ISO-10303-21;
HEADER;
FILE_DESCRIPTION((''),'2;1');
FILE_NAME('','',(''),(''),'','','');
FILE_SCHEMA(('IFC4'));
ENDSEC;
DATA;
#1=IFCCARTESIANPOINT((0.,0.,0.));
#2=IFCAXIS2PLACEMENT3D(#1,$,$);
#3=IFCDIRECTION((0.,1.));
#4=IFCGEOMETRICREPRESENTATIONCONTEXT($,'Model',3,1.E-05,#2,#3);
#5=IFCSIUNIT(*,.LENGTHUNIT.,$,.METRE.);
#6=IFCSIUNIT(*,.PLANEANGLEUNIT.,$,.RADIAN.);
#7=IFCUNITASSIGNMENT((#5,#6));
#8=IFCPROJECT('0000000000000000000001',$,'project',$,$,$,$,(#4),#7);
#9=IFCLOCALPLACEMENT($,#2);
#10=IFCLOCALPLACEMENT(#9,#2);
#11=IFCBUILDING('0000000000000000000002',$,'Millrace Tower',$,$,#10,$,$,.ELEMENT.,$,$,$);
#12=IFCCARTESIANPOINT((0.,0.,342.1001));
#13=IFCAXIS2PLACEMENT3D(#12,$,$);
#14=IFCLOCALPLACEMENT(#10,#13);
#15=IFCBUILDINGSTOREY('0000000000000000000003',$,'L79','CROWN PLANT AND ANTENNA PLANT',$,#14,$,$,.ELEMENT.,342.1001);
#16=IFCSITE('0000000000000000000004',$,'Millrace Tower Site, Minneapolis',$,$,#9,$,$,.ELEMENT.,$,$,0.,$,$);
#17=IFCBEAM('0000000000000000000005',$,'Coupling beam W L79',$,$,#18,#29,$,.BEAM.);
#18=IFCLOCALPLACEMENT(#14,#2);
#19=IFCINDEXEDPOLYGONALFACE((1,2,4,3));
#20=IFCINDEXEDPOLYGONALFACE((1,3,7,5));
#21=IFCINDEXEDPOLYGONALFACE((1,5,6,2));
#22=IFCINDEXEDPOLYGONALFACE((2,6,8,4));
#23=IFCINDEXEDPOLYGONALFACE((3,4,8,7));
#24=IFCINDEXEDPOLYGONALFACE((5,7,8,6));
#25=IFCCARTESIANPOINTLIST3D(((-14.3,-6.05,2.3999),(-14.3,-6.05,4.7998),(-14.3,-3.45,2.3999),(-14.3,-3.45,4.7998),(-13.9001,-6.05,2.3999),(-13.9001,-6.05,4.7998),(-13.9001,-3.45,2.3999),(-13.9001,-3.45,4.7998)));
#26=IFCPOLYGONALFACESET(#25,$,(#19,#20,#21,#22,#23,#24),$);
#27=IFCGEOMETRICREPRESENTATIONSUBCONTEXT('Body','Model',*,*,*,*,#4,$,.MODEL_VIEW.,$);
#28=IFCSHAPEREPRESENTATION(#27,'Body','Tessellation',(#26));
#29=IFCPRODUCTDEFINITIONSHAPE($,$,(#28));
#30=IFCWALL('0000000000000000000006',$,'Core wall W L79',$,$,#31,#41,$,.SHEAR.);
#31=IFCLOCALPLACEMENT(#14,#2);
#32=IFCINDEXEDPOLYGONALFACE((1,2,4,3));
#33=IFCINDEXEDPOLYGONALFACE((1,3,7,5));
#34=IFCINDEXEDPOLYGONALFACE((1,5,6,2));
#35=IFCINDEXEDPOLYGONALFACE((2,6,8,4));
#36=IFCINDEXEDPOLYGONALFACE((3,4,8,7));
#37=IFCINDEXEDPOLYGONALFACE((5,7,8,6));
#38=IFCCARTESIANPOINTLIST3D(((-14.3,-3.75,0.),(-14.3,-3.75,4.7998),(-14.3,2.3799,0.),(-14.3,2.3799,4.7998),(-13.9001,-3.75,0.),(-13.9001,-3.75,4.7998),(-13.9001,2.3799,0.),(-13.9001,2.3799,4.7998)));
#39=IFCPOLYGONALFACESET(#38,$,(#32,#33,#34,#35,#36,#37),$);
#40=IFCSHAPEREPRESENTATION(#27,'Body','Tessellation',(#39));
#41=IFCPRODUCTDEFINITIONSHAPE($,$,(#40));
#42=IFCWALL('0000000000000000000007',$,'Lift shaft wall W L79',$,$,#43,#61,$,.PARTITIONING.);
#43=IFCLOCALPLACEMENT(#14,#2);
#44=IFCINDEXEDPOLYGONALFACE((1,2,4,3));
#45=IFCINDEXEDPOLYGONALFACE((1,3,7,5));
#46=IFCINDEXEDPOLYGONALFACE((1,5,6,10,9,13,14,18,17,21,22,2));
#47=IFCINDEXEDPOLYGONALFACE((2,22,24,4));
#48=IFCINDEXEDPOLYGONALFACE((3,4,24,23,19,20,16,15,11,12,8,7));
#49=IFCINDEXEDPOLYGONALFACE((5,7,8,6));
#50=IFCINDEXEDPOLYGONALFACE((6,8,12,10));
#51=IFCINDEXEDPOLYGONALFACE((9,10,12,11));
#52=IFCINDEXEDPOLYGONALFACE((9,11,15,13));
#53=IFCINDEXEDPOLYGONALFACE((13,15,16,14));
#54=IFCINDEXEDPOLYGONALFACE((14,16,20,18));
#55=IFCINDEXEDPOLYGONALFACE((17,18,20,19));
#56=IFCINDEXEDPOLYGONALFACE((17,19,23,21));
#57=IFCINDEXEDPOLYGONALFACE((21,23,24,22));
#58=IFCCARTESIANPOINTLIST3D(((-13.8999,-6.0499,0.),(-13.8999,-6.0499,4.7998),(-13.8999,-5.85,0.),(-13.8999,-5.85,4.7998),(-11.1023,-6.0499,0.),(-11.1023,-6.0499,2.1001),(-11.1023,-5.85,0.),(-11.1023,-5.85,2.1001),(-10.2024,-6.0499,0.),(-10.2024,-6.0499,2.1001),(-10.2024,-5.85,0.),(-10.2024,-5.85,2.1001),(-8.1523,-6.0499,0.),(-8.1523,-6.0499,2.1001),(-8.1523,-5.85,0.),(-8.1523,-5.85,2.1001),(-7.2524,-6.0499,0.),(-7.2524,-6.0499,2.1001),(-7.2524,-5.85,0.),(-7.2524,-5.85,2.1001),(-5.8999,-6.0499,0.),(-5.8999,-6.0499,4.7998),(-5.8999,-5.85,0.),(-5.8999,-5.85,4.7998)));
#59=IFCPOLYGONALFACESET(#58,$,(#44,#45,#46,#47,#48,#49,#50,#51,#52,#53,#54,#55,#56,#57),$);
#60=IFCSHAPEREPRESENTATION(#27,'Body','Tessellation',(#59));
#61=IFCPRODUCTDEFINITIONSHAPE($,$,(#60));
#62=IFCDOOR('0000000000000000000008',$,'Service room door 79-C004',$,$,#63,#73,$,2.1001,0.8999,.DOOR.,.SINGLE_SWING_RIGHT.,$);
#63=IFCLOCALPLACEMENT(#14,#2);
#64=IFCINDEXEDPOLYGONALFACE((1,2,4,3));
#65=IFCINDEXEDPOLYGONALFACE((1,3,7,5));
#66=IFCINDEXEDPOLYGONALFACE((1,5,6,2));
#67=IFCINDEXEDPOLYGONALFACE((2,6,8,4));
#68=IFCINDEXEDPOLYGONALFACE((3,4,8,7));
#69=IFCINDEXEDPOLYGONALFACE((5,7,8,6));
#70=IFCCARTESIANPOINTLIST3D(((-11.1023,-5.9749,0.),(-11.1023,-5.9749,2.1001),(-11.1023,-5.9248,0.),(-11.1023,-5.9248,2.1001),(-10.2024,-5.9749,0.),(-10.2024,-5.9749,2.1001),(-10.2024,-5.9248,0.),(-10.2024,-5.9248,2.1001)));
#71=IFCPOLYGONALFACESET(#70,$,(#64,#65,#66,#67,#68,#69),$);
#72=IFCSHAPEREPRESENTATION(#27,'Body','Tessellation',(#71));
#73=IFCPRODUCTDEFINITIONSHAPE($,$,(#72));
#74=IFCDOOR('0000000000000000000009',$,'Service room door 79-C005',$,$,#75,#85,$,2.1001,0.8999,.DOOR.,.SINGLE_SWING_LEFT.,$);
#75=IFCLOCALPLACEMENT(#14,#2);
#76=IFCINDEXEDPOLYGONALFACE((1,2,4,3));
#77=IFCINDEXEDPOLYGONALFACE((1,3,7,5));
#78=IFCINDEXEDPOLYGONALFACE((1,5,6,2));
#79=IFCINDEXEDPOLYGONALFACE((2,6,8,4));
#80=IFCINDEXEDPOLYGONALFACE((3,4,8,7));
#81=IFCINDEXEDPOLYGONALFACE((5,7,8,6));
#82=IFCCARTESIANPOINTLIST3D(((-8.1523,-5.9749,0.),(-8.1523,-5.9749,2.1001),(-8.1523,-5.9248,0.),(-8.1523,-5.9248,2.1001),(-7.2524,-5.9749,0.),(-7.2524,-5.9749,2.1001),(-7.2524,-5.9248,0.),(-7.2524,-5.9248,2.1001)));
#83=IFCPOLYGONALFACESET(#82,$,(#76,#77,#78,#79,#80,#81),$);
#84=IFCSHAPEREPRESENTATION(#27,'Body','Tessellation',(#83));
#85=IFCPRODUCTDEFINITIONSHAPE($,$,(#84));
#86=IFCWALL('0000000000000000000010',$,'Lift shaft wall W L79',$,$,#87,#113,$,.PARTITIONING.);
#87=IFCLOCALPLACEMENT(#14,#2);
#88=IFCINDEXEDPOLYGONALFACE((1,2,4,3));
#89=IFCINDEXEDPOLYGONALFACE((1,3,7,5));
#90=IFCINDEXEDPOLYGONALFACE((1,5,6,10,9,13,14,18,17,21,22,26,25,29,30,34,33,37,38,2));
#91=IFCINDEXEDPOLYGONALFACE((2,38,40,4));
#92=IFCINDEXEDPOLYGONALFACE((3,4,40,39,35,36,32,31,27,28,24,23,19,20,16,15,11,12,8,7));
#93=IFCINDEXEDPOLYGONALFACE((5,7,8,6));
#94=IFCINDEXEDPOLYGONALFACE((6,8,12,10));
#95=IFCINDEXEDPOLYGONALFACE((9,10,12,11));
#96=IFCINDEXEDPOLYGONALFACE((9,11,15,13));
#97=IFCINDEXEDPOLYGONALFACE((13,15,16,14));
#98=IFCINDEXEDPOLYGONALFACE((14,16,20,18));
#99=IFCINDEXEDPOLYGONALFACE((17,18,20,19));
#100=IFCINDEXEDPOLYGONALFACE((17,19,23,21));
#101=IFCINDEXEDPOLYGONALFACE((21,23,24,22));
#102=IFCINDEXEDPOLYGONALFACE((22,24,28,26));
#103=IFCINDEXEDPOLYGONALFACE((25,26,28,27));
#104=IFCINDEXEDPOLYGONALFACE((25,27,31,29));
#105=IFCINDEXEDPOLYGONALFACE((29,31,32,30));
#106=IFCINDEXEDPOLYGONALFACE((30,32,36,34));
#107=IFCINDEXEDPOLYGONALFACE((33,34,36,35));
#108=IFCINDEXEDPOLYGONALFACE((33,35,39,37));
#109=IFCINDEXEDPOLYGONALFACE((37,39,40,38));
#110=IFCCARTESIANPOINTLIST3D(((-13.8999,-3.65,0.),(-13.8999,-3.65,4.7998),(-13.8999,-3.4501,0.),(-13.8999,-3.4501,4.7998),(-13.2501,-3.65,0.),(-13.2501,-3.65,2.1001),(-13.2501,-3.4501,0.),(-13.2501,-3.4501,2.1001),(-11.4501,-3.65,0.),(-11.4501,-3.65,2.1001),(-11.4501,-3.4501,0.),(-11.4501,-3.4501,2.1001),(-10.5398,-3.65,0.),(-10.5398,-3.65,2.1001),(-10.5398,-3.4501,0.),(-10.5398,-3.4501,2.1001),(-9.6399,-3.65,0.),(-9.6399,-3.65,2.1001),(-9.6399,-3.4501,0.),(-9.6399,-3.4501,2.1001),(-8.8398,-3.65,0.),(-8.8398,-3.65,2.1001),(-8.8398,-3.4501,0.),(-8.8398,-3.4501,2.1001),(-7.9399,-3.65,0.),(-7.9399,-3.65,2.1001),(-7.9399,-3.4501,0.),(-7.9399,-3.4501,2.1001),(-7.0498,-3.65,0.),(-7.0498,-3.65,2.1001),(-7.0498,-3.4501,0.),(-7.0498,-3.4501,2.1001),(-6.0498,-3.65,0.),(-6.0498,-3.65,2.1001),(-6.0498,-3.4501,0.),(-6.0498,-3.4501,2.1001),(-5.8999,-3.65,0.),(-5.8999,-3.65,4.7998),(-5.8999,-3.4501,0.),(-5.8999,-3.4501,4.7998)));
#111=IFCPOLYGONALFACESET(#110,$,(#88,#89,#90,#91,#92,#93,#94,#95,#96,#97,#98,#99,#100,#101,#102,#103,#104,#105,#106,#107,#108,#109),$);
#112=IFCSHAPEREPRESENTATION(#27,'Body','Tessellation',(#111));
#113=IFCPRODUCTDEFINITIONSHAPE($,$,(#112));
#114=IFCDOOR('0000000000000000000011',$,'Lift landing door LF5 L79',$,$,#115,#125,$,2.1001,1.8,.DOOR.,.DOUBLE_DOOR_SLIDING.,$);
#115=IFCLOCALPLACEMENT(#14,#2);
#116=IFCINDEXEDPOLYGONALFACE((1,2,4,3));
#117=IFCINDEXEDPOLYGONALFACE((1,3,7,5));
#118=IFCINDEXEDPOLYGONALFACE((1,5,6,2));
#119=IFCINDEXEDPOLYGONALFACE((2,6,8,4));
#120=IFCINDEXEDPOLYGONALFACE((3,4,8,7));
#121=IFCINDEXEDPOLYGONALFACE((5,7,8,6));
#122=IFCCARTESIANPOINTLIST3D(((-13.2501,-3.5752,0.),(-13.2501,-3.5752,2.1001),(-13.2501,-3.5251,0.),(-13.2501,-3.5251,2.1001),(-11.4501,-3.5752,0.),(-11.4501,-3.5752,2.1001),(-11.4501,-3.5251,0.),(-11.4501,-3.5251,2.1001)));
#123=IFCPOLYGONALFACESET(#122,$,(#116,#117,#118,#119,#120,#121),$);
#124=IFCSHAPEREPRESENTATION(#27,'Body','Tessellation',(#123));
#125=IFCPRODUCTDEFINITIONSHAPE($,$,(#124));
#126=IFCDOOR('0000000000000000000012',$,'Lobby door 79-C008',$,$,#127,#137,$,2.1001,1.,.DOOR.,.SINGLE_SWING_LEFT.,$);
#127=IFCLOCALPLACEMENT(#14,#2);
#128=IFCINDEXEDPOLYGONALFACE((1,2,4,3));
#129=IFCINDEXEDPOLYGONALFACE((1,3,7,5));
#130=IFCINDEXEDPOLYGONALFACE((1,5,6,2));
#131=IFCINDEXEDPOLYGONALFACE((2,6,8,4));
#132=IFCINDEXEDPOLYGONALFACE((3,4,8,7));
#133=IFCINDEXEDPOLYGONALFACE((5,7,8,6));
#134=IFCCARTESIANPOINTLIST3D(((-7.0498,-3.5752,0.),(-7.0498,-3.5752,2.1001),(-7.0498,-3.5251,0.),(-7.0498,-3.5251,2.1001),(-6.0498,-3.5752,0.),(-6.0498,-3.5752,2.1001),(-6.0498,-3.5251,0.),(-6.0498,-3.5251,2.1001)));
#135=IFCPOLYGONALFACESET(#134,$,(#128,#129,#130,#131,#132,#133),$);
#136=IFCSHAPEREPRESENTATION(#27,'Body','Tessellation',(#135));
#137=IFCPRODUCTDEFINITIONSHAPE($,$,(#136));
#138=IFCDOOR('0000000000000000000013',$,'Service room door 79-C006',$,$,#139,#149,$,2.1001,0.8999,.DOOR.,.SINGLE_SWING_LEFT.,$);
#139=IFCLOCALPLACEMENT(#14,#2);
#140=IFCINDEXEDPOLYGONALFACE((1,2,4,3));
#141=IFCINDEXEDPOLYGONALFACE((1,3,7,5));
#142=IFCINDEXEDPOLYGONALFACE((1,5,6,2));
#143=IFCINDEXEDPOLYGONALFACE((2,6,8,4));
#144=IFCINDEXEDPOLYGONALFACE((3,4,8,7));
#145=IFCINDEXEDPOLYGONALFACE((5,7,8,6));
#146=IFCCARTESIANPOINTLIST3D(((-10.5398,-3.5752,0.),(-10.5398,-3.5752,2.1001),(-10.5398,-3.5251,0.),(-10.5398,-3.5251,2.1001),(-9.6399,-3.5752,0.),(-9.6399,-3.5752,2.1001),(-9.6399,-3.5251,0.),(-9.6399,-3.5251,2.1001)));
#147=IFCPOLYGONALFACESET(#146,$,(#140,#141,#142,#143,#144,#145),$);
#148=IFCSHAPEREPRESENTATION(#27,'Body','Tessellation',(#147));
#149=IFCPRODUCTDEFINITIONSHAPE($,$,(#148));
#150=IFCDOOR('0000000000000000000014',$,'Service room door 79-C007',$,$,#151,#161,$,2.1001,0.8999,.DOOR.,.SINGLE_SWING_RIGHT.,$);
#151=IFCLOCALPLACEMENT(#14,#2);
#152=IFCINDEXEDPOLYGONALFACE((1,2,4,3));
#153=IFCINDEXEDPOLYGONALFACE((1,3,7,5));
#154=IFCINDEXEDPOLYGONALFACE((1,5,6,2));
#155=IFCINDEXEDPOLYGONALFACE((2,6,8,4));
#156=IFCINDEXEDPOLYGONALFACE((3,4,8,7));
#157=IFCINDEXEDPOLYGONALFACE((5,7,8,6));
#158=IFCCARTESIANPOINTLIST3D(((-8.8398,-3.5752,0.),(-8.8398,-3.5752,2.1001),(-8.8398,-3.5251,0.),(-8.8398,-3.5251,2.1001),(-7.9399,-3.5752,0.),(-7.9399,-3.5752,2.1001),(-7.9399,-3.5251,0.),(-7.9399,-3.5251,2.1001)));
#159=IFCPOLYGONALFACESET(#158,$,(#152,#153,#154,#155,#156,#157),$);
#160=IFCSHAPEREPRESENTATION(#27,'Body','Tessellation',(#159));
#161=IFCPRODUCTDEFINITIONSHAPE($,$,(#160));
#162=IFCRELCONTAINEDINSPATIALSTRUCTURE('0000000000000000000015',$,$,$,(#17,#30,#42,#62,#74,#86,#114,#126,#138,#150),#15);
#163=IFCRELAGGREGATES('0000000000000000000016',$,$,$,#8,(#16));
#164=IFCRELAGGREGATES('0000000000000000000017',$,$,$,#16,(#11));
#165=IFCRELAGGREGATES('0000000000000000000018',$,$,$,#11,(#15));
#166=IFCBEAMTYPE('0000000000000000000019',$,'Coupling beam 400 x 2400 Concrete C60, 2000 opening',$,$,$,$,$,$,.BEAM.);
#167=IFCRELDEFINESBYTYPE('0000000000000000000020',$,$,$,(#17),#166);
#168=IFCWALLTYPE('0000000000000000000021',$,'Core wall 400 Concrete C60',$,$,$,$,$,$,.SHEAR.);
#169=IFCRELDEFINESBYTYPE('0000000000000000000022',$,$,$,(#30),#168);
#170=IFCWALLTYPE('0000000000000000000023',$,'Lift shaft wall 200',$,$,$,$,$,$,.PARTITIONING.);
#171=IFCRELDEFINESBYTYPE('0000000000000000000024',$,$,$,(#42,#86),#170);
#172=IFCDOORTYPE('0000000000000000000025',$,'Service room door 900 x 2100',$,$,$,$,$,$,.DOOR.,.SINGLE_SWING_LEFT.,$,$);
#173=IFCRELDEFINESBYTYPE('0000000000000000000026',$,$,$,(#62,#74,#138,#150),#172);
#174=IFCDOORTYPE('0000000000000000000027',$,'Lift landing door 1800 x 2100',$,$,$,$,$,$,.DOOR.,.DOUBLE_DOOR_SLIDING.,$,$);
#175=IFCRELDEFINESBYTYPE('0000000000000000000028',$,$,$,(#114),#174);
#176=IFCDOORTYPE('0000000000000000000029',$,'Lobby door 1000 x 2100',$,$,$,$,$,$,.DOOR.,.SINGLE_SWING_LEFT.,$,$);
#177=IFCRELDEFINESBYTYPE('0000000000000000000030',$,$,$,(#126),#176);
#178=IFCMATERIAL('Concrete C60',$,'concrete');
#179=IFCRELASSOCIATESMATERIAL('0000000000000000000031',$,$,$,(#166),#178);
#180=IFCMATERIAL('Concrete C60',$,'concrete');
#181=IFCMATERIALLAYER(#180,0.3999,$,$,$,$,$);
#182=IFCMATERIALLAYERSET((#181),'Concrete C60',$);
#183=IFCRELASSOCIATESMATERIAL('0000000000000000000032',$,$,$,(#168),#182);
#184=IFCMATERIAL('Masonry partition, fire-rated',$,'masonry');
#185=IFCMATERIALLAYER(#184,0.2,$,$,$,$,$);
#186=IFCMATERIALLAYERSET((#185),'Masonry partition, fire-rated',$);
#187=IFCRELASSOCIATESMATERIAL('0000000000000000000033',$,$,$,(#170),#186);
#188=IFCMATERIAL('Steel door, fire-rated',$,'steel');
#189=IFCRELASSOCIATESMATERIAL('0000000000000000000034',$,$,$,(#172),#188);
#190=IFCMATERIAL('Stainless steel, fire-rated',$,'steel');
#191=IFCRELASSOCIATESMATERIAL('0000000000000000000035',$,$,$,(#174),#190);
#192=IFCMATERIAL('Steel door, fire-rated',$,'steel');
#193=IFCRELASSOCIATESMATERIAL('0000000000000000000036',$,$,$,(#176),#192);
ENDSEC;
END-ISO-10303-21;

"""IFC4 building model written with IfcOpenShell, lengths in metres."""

from ifc_helpers import new_model, si_unit, direction, frame, frame_2d, origin, origin_2d, place, context, subcontext, project, spatial, rectangle, extrude, material, layer, layer_set, material_profile, profile_set, type_object, element, fill, save


model = new_model("IFC4")

# Units and contexts
model_context = context("Model", 3, precision=1e-05, world=origin(), true_north=direction((0.0, 1.0)))
body_context = subcontext(model_context, "Body", "Model", "MODEL_VIEW")
ifc_project = project(units=[si_unit("LENGTHUNIT", "METRE"), si_unit("PLANEANGLEUNIT", "RADIAN")], contexts=[model_context])

# Site, building, storey
site_placement = place(None, origin())
site = spatial("IfcSite", under=ifc_project, at=site_placement, Name="Millrace Tower Site, Minneapolis", CompositionType="ELEMENT", RefElevation=0.0)
building_placement = place(site_placement, origin())
building = spatial("IfcBuilding", under=site, at=building_placement, Name="Millrace Tower", CompositionType="ELEMENT")
storey_placement = place(building_placement, frame((0.0, 0.0, 342.1001)))
storey = spatial("IfcBuildingStorey", under=building, at=storey_placement, Name="L79", Description="CROWN PLANT AND ANTENNA PLANT", CompositionType="ELEMENT", Elevation=342.1001)

# Beam
ifc_material_1 = material(Name="Concrete C60", Category="concrete")
ifc_material_profile = material_profile(ifc_material_1, rectangle(XDim=0.3999, YDim=2.3999, at=origin_2d()))
ifc_profile_set = profile_set([ifc_material_profile], Name="Concrete C60")
beam_type = type_object("IfcBeamType", Name="Coupling beam 400 x 2400 Concrete C60, 2000 opening", PredefinedType="BEAM", material=ifc_profile_set)
beam_placement = place(storey_placement, frame((-14.1001, -6.05, 3.5999), z_axis=(0.0, 1.0, 0.0), x_axis=(-1.0, 0.0, 0.0)))
element("IfcBeam", 1, at=beam_placement, inside=storey, type_object=beam_type, Name="Coupling beam W L79", PredefinedType="BEAM", context=body_context, shape_type="SweptSolid", body=[
    extrude(rectangle(XDim=0.3999, YDim=2.3999, at=origin_2d()), origin(), (0.0, 0.0, 1.0), 2.6001),
])

# Wall
ifc_material_2 = material(Name="Concrete C60", Category="concrete")
ifc_layer_1 = layer(ifc_material_2, 0.3999)
ifc_layer_set_1 = layer_set([ifc_layer_1], Name="Concrete C60")
wall_type_1 = type_object("IfcWallType", Name="Core wall 400 Concrete C60", PredefinedType="SHEAR", material=ifc_layer_set_1)
wall_1_placement = place(storey_placement, frame((-14.1001, -3.75, 0.0), z_axis=(0.0, 0.0, 1.0), x_axis=(0.0, 1.0, 0.0)))
element("IfcWall", 2, at=wall_1_placement, inside=storey, type_object=wall_type_1, Name="Core wall W L79", PredefinedType="SHEAR", context=body_context, shape_type="SweptSolid", body=[
    extrude(rectangle(XDim=6.1299, YDim=0.3999, at=frame_2d((3.0649, 0.0))), origin(), (0.0, 0.0, 1.0), 4.7998),
])

# Walls, openings, doors
ifc_material_3 = material(Name="Masonry partition, fire-rated", Category="masonry")
ifc_layer_2 = layer(ifc_material_3, 0.2)
ifc_layer_set_2 = layer_set([ifc_layer_2], Name="Masonry partition, fire-rated")
wall_type_2 = type_object("IfcWallType", Name="Lift shaft wall 200", PredefinedType="PARTITIONING", material=ifc_layer_set_2)
wall_2_placement = place(storey_placement, frame((-13.8999, -5.95, 0.0), z_axis=(0.0, 0.0, 1.0), x_axis=(1.0, 0.0, 0.0)))
wall_2 = element("IfcWall", 3, at=wall_2_placement, inside=storey, type_object=wall_type_2, Name="Lift shaft wall W L79", PredefinedType="PARTITIONING", context=body_context, shape_type="SweptSolid", body=[
    extrude(rectangle(XDim=8.0, YDim=0.2, at=frame_2d((4.0, 0.0))), origin(), (0.0, 0.0, 1.0), 4.7998),
])
opening_1_placement = place(wall_2_placement, frame((2.7976, 0.0, 0.0)))
opening_1 = element("IfcOpeningElement", 4, at=opening_1_placement, cuts=wall_2, PredefinedType="OPENING", context=body_context, shape_type="SweptSolid", body=[
    extrude(rectangle(XDim=0.8999, YDim=2.1001, at=frame_2d((0.45, 1.05))), frame((0.0, 0.1099, 0.0), z_axis=(0.0, -1.0, 0.0), x_axis=(1.0, 0.0, 0.0)), (0.0, 0.0, 1.0), 0.22),
])
opening_2_placement = place(wall_2_placement, frame((5.7476, 0.0, 0.0)))
opening_2 = element("IfcOpeningElement", 5, at=opening_2_placement, cuts=wall_2, PredefinedType="OPENING", context=body_context, shape_type="SweptSolid", body=[
    extrude(rectangle(XDim=0.8999, YDim=2.1001, at=frame_2d((0.45, 1.05))), frame((0.0, 0.1099, 0.0), z_axis=(0.0, -1.0, 0.0), x_axis=(1.0, 0.0, 0.0)), (0.0, 0.0, 1.0), 0.22),
])
ifc_material_4 = material(Name="Steel door, fire-rated", Category="steel")
door_type_1 = type_object("IfcDoorType", Name="Service room door 900 x 2100", OperationType="SINGLE_SWING_LEFT", PredefinedType="DOOR", material=ifc_material_4)
door_1_placement = place(opening_1_placement, frame((0.8999, 0.0, 0.0), z_axis=(0.0, 0.0, 1.0), x_axis=(-1.0, 0.0, 0.0)))
door_1 = element("IfcDoor", 6, at=door_1_placement, inside=storey, type_object=door_type_1, Name="Service room door 79-C004", OperationType="SINGLE_SWING_RIGHT", OverallHeight=2.1001, OverallWidth=0.8999, PredefinedType="DOOR", context=body_context, shape_type="SweptSolid", body=[
    extrude(rectangle(XDim=0.8999, YDim=2.1001, at=frame_2d((0.45, 1.05))), frame((0.0, 0.0249, 0.0), z_axis=(0.0, -1.0, 0.0), x_axis=(1.0, 0.0, 0.0)), (0.0, 0.0, 1.0), 0.05),
])
fill(opening_1, door_1)
door_2_placement = place(opening_2_placement, frame((0.8999, 0.0, 0.0), z_axis=(0.0, 0.0, 1.0), x_axis=(-1.0, 0.0, 0.0)))
door_2 = element("IfcDoor", 7, at=door_2_placement, inside=storey, type_object=door_type_1, Name="Service room door 79-C005", OperationType="SINGLE_SWING_LEFT", OverallHeight=2.1001, OverallWidth=0.8999, PredefinedType="DOOR", context=body_context, shape_type="SweptSolid", body=[
    extrude(rectangle(XDim=0.8999, YDim=2.1001, at=frame_2d((0.45, 1.05))), frame((0.0, 0.0249, 0.0), z_axis=(0.0, -1.0, 0.0), x_axis=(1.0, 0.0, 0.0)), (0.0, 0.0, 1.0), 0.05),
])
fill(opening_2, door_2)
wall_3_placement = place(storey_placement, frame((-13.8999, -3.55, 0.0), z_axis=(0.0, 0.0, 1.0), x_axis=(1.0, 0.0, 0.0)))
wall_3 = element("IfcWall", 8, at=wall_3_placement, inside=storey, type_object=wall_type_2, Name="Lift shaft wall W L79", PredefinedType="PARTITIONING", context=body_context, shape_type="SweptSolid", body=[
    extrude(rectangle(XDim=8.0, YDim=0.2, at=frame_2d((4.0, 0.0))), origin(), (0.0, 0.0, 1.0), 4.7998),
])
opening_3_placement = place(wall_3_placement, frame((0.6499, 0.0, 0.0)))
opening_3 = element("IfcOpeningElement", 9, at=opening_3_placement, cuts=wall_3, PredefinedType="OPENING", context=body_context, shape_type="SweptSolid", body=[
    extrude(rectangle(XDim=1.8, YDim=2.1001, at=frame_2d((0.8999, 1.05))), frame((0.0, 0.1099, 0.0), z_axis=(0.0, -1.0, 0.0), x_axis=(1.0, 0.0, 0.0)), (0.0, 0.0, 1.0), 0.22),
])
opening_4_placement = place(wall_3_placement, frame((3.3601, 0.0, 0.0)))
opening_4 = element("IfcOpeningElement", 10, at=opening_4_placement, cuts=wall_3, PredefinedType="OPENING", context=body_context, shape_type="SweptSolid", body=[
    extrude(rectangle(XDim=0.8999, YDim=2.1001, at=frame_2d((0.45, 1.05))), frame((0.0, 0.1099, 0.0), z_axis=(0.0, -1.0, 0.0), x_axis=(1.0, 0.0, 0.0)), (0.0, 0.0, 1.0), 0.22),
])
opening_5_placement = place(wall_3_placement, frame((5.0601, 0.0, 0.0)))
opening_5 = element("IfcOpeningElement", 11, at=opening_5_placement, cuts=wall_3, PredefinedType="OPENING", context=body_context, shape_type="SweptSolid", body=[
    extrude(rectangle(XDim=0.8999, YDim=2.1001, at=frame_2d((0.45, 1.05))), frame((0.0, 0.1099, 0.0), z_axis=(0.0, -1.0, 0.0), x_axis=(1.0, 0.0, 0.0)), (0.0, 0.0, 1.0), 0.22),
])
opening_6_placement = place(wall_3_placement, frame((6.8501, 0.0, 0.0)))
opening_6 = element("IfcOpeningElement", 12, at=opening_6_placement, cuts=wall_3, PredefinedType="OPENING", context=body_context, shape_type="SweptSolid", body=[
    extrude(rectangle(XDim=1.0, YDim=2.1001, at=frame_2d((0.5, 1.05))), frame((0.0, 0.1099, 0.0), z_axis=(0.0, -1.0, 0.0), x_axis=(1.0, 0.0, 0.0)), (0.0, 0.0, 1.0), 0.22),
])
ifc_material_5 = material(Name="Stainless steel, fire-rated", Category="steel")
door_type_2 = type_object("IfcDoorType", Name="Lift landing door 1800 x 2100", OperationType="DOUBLE_DOOR_SLIDING", PredefinedType="DOOR", material=ifc_material_5)
door_3_placement = place(opening_3_placement, origin())
door_3 = element("IfcDoor", 13, at=door_3_placement, inside=storey, type_object=door_type_2, Name="Lift landing door LF5 L79", OperationType="DOUBLE_DOOR_SLIDING", OverallHeight=2.1001, OverallWidth=1.8, PredefinedType="DOOR", context=body_context, shape_type="SweptSolid", body=[
    extrude(rectangle(XDim=1.8, YDim=2.1001, at=frame_2d((0.8999, 1.05))), frame((0.0, 0.0249, 0.0), z_axis=(0.0, -1.0, 0.0), x_axis=(1.0, 0.0, 0.0)), (0.0, 0.0, 1.0), 0.05),
])
fill(opening_3, door_3)
ifc_material_6 = material(Name="Steel door, fire-rated", Category="steel")
door_type_3 = type_object("IfcDoorType", Name="Lobby door 1000 x 2100", OperationType="SINGLE_SWING_LEFT", PredefinedType="DOOR", material=ifc_material_6)
door_4_placement = place(opening_6_placement, origin())
door_4 = element("IfcDoor", 14, at=door_4_placement, inside=storey, type_object=door_type_3, Name="Lobby door 79-C008", OperationType="SINGLE_SWING_LEFT", OverallHeight=2.1001, OverallWidth=1.0, PredefinedType="DOOR", context=body_context, shape_type="SweptSolid", body=[
    extrude(rectangle(XDim=1.0, YDim=2.1001, at=frame_2d((0.5, 1.05))), frame((0.0, 0.0249, 0.0), z_axis=(0.0, -1.0, 0.0), x_axis=(1.0, 0.0, 0.0)), (0.0, 0.0, 1.0), 0.05),
])
fill(opening_6, door_4)
door_5_placement = place(opening_4_placement, origin())
door_5 = element("IfcDoor", 15, at=door_5_placement, inside=storey, type_object=door_type_1, Name="Service room door 79-C006", OperationType="SINGLE_SWING_LEFT", OverallHeight=2.1001, OverallWidth=0.8999, PredefinedType="DOOR", context=body_context, shape_type="SweptSolid", body=[
    extrude(rectangle(XDim=0.8999, YDim=2.1001, at=frame_2d((0.45, 1.05))), frame((0.0, 0.0249, 0.0), z_axis=(0.0, -1.0, 0.0), x_axis=(1.0, 0.0, 0.0)), (0.0, 0.0, 1.0), 0.05),
])
fill(opening_4, door_5)
door_6_placement = place(opening_5_placement, origin())
door_6 = element("IfcDoor", 16, at=door_6_placement, inside=storey, type_object=door_type_1, Name="Service room door 79-C007", OperationType="SINGLE_SWING_RIGHT", OverallHeight=2.1001, OverallWidth=0.8999, PredefinedType="DOOR", context=body_context, shape_type="SweptSolid", body=[
    extrude(rectangle(XDim=0.8999, YDim=2.1001, at=frame_2d((0.45, 1.05))), frame((0.0, 0.0249, 0.0), z_axis=(0.0, -1.0, 0.0), x_axis=(1.0, 0.0, 0.0)), (0.0, 0.0, 1.0), 0.05),
])
fill(opening_5, door_6)

save(model, "model.ifc")
